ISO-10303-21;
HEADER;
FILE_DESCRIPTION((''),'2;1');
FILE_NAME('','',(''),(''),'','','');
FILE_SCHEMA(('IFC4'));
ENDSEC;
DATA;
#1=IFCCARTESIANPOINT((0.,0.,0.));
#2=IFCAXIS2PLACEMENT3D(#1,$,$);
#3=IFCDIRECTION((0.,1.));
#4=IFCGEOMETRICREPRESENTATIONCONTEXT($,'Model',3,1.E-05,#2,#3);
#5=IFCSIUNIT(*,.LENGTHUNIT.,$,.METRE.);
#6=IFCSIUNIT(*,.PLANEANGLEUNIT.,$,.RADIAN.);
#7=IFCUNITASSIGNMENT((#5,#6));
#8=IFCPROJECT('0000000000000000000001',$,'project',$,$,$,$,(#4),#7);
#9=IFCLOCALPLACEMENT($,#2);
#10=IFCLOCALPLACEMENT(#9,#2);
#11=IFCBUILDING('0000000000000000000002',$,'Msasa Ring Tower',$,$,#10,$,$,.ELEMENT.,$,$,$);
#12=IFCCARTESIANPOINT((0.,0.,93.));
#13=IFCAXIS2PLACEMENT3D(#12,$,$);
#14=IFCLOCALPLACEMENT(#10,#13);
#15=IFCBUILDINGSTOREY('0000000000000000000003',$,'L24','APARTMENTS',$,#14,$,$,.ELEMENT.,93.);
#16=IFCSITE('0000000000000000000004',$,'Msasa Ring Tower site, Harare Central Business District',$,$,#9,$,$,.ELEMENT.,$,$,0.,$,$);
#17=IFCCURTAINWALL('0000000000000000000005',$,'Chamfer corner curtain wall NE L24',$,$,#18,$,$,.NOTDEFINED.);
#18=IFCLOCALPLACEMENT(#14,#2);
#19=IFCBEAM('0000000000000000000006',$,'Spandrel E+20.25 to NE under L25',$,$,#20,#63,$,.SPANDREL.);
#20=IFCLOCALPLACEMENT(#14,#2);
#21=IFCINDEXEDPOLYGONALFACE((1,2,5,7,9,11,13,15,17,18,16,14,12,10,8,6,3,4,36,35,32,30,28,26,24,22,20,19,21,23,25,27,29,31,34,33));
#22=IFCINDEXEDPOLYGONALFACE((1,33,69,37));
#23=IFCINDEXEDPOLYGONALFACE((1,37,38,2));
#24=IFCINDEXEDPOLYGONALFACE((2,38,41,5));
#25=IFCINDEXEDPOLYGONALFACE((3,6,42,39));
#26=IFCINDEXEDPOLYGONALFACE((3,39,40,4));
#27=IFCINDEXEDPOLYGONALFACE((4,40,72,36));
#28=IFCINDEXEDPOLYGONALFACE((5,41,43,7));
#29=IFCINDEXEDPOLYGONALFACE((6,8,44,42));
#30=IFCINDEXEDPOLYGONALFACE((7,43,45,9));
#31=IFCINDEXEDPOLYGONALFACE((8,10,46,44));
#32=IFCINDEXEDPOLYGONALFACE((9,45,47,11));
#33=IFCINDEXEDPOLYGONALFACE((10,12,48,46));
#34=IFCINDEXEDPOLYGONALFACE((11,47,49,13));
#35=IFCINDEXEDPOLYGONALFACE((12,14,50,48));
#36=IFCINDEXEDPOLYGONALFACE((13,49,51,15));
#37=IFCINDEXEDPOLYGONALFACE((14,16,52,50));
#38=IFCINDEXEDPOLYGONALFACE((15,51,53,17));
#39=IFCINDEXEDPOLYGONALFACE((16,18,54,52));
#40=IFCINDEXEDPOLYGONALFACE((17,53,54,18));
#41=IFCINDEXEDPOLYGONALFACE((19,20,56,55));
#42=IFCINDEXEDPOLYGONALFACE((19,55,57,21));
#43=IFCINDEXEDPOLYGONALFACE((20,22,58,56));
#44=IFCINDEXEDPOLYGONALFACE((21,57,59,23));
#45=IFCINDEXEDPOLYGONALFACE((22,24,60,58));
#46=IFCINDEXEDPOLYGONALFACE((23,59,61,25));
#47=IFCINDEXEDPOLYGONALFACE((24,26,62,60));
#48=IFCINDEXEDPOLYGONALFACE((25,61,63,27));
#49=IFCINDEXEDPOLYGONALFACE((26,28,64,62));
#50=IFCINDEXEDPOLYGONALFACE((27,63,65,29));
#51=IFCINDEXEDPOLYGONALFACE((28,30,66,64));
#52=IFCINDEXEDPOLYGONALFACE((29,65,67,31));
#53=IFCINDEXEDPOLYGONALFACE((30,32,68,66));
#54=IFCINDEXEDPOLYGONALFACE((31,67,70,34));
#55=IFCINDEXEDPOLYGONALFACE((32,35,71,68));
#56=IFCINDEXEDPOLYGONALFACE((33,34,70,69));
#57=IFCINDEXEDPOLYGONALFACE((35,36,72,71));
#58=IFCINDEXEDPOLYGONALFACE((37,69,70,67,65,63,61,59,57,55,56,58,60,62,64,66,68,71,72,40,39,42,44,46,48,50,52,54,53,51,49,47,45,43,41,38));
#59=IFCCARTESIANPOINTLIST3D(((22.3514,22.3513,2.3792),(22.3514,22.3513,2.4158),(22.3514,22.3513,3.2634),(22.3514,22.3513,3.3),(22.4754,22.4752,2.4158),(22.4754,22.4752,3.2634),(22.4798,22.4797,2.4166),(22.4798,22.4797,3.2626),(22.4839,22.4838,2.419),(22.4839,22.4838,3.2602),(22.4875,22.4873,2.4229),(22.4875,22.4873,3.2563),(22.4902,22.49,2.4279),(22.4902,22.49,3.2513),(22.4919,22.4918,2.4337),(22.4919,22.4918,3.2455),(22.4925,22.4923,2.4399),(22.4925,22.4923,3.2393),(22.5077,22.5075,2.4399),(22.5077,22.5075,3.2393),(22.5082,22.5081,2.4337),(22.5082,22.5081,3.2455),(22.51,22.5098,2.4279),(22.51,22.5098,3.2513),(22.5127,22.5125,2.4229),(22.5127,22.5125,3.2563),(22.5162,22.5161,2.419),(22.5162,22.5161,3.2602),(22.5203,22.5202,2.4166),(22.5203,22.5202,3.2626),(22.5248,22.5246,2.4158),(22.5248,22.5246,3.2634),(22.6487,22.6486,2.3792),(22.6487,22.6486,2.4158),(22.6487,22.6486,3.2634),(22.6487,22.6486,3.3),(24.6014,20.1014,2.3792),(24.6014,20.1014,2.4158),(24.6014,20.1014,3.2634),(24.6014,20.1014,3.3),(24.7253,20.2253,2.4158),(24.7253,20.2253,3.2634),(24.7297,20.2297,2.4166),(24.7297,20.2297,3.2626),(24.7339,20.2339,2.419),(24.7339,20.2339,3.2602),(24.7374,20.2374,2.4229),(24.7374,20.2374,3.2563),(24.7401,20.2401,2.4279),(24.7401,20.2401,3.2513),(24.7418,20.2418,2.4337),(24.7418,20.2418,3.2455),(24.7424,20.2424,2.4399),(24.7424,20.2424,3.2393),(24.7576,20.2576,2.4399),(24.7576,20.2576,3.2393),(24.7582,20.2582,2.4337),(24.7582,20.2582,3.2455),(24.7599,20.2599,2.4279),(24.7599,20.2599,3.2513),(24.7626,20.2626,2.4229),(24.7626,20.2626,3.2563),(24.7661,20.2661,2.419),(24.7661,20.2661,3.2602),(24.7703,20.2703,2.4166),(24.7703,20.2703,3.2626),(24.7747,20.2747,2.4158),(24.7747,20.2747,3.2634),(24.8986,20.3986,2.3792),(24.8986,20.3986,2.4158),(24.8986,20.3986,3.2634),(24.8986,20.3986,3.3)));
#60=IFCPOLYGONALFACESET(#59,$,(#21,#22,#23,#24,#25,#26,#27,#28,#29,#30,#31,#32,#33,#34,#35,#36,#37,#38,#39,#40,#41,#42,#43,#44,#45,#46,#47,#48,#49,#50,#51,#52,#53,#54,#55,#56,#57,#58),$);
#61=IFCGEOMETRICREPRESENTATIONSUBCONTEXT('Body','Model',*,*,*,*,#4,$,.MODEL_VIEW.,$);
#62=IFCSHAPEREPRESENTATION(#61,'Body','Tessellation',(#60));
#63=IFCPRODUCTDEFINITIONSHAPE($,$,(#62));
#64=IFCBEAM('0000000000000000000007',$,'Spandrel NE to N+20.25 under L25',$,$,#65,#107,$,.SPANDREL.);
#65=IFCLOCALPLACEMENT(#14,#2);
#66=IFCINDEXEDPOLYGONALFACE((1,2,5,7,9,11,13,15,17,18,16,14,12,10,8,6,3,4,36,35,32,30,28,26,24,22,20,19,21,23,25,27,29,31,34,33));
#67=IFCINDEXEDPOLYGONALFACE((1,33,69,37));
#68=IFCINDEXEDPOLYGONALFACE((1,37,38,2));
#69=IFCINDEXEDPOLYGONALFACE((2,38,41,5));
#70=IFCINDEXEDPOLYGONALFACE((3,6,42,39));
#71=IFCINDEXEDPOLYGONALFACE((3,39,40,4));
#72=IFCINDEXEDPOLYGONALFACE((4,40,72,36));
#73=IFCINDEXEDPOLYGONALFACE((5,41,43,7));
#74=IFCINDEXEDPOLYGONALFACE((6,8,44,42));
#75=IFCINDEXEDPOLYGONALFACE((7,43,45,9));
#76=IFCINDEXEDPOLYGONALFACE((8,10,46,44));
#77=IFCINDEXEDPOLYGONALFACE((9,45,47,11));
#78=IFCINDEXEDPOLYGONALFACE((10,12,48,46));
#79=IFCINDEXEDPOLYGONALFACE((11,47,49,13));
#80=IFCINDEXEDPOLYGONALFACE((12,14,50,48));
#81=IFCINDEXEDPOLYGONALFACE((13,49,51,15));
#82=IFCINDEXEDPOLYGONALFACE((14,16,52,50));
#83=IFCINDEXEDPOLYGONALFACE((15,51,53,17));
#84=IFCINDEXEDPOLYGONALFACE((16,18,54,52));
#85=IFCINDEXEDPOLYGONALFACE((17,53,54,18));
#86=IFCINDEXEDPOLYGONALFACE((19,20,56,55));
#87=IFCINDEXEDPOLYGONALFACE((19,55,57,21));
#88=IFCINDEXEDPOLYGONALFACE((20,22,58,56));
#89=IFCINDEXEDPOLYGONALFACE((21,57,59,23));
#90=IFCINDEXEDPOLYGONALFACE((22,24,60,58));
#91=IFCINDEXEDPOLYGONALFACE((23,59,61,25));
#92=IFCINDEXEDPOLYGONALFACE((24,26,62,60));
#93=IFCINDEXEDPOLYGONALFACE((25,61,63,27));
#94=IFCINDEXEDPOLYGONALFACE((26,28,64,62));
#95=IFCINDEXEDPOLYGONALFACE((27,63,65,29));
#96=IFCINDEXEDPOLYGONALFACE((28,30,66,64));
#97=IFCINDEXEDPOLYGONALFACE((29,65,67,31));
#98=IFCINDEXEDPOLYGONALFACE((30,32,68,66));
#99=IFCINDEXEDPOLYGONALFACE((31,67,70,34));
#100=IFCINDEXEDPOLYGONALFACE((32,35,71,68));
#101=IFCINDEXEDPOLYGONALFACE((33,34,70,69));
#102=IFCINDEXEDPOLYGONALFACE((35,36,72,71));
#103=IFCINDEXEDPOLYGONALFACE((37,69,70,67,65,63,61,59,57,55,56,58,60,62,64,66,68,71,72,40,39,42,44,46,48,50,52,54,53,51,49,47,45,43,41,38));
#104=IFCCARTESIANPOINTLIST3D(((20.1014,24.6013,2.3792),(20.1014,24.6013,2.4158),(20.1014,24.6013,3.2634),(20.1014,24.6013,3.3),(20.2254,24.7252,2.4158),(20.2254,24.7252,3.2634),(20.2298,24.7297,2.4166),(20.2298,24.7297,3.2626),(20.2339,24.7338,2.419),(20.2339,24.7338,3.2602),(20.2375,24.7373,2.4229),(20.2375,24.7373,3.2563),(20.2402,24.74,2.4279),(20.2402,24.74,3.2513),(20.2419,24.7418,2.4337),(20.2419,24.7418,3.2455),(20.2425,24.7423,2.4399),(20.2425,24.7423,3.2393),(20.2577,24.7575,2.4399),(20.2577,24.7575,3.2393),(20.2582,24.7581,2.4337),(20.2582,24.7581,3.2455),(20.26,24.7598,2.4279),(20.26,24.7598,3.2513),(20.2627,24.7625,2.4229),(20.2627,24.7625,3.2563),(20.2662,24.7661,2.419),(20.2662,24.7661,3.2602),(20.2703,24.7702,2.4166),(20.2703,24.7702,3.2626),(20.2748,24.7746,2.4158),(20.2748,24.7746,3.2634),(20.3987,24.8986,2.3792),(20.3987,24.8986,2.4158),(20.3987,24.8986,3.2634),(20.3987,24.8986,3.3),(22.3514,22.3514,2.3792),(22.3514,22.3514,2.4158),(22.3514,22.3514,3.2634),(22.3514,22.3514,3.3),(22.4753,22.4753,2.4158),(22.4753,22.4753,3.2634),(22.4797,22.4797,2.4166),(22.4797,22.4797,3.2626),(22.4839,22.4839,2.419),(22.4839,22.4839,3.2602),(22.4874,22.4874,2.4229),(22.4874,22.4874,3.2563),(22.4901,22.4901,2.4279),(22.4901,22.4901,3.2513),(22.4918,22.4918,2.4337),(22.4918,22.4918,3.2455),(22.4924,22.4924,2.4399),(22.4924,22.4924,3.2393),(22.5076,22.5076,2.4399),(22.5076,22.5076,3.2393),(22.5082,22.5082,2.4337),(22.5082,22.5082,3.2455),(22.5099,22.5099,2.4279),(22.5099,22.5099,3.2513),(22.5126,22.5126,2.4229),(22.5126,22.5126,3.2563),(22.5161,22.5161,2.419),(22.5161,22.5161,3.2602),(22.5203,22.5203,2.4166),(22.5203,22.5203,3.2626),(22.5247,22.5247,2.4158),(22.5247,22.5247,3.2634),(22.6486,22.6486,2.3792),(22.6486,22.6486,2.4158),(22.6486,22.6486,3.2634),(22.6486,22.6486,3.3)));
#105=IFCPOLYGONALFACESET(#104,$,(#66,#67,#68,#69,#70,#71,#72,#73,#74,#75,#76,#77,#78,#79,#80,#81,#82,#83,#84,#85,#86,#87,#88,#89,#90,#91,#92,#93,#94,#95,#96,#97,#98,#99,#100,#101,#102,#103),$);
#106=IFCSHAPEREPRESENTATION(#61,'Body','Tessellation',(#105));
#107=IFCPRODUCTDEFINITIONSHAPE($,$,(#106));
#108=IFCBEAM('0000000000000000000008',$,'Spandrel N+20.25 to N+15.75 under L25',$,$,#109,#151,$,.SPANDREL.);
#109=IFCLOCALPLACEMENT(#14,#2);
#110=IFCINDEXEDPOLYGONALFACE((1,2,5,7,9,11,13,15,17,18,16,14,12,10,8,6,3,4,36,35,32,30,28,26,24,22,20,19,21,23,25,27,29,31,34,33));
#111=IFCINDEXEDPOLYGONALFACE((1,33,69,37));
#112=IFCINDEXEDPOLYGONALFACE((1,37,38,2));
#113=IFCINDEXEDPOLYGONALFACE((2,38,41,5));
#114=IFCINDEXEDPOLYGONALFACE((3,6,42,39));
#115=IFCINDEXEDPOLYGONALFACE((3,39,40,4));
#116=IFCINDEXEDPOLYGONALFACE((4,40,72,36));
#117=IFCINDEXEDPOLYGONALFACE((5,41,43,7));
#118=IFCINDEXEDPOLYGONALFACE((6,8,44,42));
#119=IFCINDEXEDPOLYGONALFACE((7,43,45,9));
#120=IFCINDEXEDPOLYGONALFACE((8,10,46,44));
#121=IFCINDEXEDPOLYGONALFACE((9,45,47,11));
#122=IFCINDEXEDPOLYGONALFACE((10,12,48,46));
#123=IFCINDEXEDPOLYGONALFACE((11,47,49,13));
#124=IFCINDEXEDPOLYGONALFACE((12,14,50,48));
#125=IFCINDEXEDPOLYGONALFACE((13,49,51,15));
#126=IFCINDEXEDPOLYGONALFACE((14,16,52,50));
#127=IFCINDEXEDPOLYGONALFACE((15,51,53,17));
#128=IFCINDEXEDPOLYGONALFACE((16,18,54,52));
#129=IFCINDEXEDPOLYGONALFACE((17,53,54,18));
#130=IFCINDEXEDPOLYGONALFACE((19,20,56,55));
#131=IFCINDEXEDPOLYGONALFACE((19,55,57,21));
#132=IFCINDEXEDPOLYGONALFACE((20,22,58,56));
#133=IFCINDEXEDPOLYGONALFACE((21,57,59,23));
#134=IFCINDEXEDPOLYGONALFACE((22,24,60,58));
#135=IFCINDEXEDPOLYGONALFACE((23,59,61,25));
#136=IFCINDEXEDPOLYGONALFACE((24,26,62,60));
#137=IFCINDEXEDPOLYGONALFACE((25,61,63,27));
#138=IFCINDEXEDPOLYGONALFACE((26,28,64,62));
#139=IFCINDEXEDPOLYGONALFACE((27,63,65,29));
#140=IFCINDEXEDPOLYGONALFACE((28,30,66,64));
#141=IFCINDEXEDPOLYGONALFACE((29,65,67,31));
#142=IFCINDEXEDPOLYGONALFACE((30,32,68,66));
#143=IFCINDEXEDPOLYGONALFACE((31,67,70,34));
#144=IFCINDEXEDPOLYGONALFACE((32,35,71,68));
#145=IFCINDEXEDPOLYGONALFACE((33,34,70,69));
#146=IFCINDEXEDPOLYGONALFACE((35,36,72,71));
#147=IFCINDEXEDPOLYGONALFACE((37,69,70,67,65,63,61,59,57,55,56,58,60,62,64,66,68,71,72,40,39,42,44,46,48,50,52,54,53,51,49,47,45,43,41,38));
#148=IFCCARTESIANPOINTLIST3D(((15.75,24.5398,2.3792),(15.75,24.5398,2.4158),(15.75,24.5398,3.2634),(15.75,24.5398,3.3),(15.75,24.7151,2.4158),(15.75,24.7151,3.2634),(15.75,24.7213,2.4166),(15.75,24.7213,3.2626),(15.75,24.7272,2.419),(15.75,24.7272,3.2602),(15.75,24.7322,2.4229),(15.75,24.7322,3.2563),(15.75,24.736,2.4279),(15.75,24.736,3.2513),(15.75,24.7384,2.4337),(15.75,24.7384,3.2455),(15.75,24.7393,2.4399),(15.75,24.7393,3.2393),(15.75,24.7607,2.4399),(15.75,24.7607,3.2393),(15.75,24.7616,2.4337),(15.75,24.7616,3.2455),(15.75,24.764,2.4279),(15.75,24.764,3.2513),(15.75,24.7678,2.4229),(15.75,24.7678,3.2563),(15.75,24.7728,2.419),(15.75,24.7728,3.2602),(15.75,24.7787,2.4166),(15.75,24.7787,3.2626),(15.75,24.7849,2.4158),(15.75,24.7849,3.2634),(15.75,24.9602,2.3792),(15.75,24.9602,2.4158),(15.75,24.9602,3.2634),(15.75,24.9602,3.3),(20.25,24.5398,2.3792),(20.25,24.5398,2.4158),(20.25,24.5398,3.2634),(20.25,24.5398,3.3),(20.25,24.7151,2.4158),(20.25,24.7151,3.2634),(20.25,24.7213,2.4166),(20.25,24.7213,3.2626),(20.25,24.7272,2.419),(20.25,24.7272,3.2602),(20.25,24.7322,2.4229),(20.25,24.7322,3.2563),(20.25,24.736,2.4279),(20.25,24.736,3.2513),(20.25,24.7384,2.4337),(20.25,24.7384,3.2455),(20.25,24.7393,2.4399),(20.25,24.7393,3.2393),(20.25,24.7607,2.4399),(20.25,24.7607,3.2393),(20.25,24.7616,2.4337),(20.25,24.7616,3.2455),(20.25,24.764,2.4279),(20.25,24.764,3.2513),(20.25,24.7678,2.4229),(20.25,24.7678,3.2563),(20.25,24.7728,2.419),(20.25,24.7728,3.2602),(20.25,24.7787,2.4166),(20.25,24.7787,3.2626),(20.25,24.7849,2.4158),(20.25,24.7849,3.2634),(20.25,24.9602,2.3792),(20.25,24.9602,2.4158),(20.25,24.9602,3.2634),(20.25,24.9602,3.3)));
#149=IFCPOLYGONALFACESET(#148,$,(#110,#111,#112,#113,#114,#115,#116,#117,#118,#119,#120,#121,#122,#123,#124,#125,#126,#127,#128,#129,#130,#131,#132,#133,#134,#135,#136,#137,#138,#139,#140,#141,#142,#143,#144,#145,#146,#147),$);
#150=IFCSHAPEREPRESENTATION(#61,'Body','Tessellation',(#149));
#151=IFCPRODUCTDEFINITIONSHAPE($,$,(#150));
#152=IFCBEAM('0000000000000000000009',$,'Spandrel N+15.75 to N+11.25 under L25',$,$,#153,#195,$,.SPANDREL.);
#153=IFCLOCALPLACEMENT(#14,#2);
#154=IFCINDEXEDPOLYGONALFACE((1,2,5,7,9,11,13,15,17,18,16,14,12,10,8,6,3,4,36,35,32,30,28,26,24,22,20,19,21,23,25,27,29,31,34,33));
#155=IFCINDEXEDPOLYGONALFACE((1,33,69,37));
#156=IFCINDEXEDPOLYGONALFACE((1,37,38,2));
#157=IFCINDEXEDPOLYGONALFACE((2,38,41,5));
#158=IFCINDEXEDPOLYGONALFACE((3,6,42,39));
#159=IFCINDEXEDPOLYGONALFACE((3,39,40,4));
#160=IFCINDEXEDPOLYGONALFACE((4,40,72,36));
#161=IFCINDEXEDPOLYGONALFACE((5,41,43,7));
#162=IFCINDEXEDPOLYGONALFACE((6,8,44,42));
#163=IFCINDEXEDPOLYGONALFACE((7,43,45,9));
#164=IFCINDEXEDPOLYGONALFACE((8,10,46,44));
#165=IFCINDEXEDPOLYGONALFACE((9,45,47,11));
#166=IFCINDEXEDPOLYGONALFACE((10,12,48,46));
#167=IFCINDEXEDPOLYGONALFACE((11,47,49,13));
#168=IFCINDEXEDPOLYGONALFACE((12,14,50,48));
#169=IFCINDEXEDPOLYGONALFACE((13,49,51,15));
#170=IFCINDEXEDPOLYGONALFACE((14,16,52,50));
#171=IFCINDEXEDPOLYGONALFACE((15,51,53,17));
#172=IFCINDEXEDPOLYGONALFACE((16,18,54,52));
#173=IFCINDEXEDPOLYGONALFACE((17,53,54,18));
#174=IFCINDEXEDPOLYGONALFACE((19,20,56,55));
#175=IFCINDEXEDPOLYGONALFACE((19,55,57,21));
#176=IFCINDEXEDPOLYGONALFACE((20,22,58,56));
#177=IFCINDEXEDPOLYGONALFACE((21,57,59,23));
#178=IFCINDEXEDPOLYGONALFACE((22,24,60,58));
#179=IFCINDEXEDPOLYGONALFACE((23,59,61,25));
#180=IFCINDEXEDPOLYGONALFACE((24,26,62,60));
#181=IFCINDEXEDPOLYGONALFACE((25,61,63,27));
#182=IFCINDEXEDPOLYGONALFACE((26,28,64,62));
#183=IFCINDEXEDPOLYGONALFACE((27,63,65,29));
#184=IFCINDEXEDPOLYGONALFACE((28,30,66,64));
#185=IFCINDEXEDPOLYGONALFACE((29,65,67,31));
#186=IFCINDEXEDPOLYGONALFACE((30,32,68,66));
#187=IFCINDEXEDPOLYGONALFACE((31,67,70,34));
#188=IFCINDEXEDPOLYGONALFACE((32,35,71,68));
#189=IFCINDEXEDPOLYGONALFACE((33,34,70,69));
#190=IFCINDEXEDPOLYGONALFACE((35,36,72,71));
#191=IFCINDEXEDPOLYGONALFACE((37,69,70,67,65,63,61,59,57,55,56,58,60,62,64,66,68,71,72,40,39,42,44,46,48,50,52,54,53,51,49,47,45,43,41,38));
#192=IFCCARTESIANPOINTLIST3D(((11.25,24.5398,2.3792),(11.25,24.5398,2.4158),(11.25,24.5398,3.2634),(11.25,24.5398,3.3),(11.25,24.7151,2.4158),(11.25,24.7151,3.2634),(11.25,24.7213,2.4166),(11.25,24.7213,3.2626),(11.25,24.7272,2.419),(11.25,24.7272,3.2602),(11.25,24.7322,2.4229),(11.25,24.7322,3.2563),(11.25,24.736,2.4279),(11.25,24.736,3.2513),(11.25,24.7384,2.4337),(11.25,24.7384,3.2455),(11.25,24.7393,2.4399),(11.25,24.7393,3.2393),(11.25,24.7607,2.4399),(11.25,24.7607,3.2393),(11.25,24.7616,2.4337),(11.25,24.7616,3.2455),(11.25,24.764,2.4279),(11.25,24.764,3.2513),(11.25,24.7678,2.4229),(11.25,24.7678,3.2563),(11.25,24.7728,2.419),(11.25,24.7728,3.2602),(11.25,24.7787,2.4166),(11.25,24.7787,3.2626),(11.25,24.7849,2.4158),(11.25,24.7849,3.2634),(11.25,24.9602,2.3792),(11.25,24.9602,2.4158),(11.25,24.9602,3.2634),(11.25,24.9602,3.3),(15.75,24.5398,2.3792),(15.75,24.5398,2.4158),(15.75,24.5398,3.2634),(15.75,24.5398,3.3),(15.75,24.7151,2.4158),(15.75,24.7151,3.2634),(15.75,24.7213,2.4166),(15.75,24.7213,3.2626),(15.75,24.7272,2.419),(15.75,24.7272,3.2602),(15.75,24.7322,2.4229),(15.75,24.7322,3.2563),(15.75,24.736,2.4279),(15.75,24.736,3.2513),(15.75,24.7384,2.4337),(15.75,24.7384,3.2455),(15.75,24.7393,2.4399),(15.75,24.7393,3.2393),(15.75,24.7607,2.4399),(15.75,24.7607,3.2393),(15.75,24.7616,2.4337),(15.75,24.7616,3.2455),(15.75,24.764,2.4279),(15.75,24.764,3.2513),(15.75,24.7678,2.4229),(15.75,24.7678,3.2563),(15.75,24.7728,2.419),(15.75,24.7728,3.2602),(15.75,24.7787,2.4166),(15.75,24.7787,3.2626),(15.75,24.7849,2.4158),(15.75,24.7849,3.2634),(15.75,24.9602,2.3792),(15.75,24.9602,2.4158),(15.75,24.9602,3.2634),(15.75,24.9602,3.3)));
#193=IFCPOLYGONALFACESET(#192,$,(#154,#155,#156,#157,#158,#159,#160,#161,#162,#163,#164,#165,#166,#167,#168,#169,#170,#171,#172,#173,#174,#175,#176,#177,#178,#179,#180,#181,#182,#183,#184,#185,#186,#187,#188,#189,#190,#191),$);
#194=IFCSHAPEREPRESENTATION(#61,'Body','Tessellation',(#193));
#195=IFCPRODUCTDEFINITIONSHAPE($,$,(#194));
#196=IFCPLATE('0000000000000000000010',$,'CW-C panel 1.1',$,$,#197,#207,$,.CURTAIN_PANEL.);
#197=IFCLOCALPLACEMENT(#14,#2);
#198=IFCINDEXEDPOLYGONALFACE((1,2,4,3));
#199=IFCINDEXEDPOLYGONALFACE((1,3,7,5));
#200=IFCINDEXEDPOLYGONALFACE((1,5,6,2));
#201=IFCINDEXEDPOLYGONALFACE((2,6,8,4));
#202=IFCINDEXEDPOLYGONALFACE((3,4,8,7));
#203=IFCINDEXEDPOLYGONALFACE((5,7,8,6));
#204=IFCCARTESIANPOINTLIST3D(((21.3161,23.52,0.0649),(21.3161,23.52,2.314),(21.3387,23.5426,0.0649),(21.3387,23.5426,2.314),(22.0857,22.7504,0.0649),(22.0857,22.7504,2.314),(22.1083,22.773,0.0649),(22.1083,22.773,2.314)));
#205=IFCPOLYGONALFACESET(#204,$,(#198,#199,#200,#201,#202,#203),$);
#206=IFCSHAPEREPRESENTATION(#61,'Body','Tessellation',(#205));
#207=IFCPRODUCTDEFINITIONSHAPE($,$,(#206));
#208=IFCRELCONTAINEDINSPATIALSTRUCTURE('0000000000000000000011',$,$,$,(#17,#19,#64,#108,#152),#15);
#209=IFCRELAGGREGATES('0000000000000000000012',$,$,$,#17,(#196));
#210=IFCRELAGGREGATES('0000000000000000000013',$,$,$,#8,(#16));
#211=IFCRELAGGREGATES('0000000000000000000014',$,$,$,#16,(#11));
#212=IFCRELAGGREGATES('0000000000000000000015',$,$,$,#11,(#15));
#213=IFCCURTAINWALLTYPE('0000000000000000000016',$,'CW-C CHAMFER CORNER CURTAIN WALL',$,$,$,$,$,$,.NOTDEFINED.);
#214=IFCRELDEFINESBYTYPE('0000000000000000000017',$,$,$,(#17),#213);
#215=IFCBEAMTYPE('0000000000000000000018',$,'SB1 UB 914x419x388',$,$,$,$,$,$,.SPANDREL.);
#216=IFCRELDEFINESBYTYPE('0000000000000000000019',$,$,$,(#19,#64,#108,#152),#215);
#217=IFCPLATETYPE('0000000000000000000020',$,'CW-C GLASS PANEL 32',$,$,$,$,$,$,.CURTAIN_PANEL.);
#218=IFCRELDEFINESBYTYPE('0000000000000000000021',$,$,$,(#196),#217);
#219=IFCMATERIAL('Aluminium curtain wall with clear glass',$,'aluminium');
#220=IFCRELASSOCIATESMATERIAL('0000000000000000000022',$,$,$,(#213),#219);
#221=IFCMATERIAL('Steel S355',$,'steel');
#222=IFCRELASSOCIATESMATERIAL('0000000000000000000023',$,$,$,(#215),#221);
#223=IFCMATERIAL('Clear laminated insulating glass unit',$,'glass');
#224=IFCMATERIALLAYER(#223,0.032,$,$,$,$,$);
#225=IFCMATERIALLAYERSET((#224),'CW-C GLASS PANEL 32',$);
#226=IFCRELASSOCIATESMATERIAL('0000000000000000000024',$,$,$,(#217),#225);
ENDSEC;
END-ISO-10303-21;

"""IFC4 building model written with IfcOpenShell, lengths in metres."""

from ifc_helpers import new_model, si_unit, direction, frame, origin, origin_2d, place, context, subcontext, project, spatial, rectangle, i_section, extrude, material, layer, layer_set, material_profile, profile_set, type_object, element, aggregate, save


model = new_model("IFC4")

# Units and contexts
model_context = context("Model", 3, precision=1e-05, world=origin(), true_north=direction((0.0, 1.0)))
body_context = subcontext(model_context, "Body", "Model", "MODEL_VIEW")
ifc_project = project(units=[si_unit("LENGTHUNIT", "METRE"), si_unit("PLANEANGLEUNIT", "RADIAN")], contexts=[model_context])

# Site, building, storey
site_placement = place(None, origin())
site = spatial("IfcSite", under=ifc_project, at=site_placement, Name="Msasa Ring Tower site, Harare Central Business District", CompositionType="ELEMENT", RefElevation=0.0)
building_placement = place(site_placement, origin())
building = spatial("IfcBuilding", under=site, at=building_placement, Name="Msasa Ring Tower", CompositionType="ELEMENT")
storey_placement = place(building_placement, frame((0.0, 0.0, 93.0)))
storey = spatial("IfcBuildingStorey", under=building, at=storey_placement, Name="L24", Description="APARTMENTS", CompositionType="ELEMENT", Elevation=93.0)

# Curtain wall
ifc_material_1 = material(Name="Aluminium curtain wall with clear glass", Category="aluminium")
curtain_wall_type = type_object("IfcCurtainWallType", Name="CW-C CHAMFER CORNER CURTAIN WALL", PredefinedType="NOTDEFINED", material=ifc_material_1)
curtain_wall_1_placement = place(storey_placement, origin())
curtain_wall_1 = element("IfcCurtainWall", 1, at=curtain_wall_1_placement, inside=storey, type_object=curtain_wall_type, Name="Chamfer corner curtain wall NE L24", PredefinedType="NOTDEFINED")

# Beams
ifc_material_2 = material(Name="Steel S355", Category="steel")
ifc_material_profile_1 = material_profile(ifc_material_2, i_section(OverallWidth=0.4204, OverallDepth=0.9209, WebThickness=0.0215, FlangeThickness=0.0366, FilletRadius=0.0242, at=origin_2d()), Name="UB 914x419x388")
ifc_profile_set_1 = profile_set([ifc_material_profile_1], Name="Steel S355")
beam_type_1 = type_object("IfcBeamType", Name="SB1 UB 914x419x388", PredefinedType="SPANDREL", material=ifc_profile_set_1)
for number, where, z_axis, x_axis, name in (
    (2, (24.75, 20.25, 2.8396), (-0.707107, 0.707107, 0.0), (-0.707107, -0.707107, 0.0), "Spandrel E+20.25 to NE under L25"),
    (3, (22.5, 22.5, 2.8396), (-0.707107, 0.707107, 0.0), (-0.707107, -0.707107, 0.0), "Spandrel NE to N+20.25 under L25"),
):
    element("IfcBeam", number, at=place(storey_placement, frame(where, z_axis=z_axis, x_axis=x_axis)), inside=storey, type_object=beam_type_1, Name=name, PredefinedType="SPANDREL", context=body_context, shape_type="SweptSolid", body=[
        extrude(i_section(OverallWidth=0.4204, OverallDepth=0.9209, WebThickness=0.0215, FlangeThickness=0.0366, FilletRadius=0.0242, at=origin_2d()), origin(), (0.0, 0.0, 1.0), 3.1819),
    ])
for number, where, z_axis, x_axis, name in (
    (4, (20.25, 24.75, 2.8396), (-1.0, 0.0, 0.0), (0.0, -1.0, 0.0), "Spandrel N+20.25 to N+15.75 under L25"),
    (5, (15.75, 24.75, 2.8396), (-1.0, 0.0, 0.0), (0.0, -1.0, 0.0), "Spandrel N+15.75 to N+11.25 under L25"),
):
    element("IfcBeam", number, at=place(storey_placement, frame(where, z_axis=z_axis, x_axis=x_axis)), inside=storey, type_object=beam_type_1, Name=name, PredefinedType="SPANDREL", context=body_context, shape_type="SweptSolid", body=[
        extrude(i_section(OverallWidth=0.4204, OverallDepth=0.9209, WebThickness=0.0215, FlangeThickness=0.0366, FilletRadius=0.0242, at=origin_2d()), origin(), (0.0, 0.0, 1.0), 4.5),
    ])

# Plate
ifc_material_3 = material(Name="Clear laminated insulating glass unit", Category="glass")
ifc_layer_1 = layer(ifc_material_3, 0.032)
ifc_layer_set_1 = layer_set([ifc_layer_1], Name="CW-C GLASS PANEL 32")
plate_type = type_object("IfcPlateType", Name="CW-C GLASS PANEL 32", PredefinedType="CURTAIN_PANEL", material=ifc_layer_set_1)
plate_1_placement = place(storey_placement, frame((21.7122, 23.1465, 0.0649), z_axis=(0.0, 0.0, 1.0), x_axis=(-0.707107, 0.707107, 0.0)))
plate_1 = element("IfcPlate", 6, at=plate_1_placement, type_object=plate_type, Name="CW-C panel 1.1", PredefinedType="CURTAIN_PANEL", context=body_context, shape_type="SweptSolid", body=[
    extrude(rectangle(XDim=1.0884, YDim=0.032, at=origin_2d()), origin(), (0.0, 0.0, 1.0), 2.249),
])
aggregate(curtain_wall_1, [plate_1])

save(model, "model.ifc")
